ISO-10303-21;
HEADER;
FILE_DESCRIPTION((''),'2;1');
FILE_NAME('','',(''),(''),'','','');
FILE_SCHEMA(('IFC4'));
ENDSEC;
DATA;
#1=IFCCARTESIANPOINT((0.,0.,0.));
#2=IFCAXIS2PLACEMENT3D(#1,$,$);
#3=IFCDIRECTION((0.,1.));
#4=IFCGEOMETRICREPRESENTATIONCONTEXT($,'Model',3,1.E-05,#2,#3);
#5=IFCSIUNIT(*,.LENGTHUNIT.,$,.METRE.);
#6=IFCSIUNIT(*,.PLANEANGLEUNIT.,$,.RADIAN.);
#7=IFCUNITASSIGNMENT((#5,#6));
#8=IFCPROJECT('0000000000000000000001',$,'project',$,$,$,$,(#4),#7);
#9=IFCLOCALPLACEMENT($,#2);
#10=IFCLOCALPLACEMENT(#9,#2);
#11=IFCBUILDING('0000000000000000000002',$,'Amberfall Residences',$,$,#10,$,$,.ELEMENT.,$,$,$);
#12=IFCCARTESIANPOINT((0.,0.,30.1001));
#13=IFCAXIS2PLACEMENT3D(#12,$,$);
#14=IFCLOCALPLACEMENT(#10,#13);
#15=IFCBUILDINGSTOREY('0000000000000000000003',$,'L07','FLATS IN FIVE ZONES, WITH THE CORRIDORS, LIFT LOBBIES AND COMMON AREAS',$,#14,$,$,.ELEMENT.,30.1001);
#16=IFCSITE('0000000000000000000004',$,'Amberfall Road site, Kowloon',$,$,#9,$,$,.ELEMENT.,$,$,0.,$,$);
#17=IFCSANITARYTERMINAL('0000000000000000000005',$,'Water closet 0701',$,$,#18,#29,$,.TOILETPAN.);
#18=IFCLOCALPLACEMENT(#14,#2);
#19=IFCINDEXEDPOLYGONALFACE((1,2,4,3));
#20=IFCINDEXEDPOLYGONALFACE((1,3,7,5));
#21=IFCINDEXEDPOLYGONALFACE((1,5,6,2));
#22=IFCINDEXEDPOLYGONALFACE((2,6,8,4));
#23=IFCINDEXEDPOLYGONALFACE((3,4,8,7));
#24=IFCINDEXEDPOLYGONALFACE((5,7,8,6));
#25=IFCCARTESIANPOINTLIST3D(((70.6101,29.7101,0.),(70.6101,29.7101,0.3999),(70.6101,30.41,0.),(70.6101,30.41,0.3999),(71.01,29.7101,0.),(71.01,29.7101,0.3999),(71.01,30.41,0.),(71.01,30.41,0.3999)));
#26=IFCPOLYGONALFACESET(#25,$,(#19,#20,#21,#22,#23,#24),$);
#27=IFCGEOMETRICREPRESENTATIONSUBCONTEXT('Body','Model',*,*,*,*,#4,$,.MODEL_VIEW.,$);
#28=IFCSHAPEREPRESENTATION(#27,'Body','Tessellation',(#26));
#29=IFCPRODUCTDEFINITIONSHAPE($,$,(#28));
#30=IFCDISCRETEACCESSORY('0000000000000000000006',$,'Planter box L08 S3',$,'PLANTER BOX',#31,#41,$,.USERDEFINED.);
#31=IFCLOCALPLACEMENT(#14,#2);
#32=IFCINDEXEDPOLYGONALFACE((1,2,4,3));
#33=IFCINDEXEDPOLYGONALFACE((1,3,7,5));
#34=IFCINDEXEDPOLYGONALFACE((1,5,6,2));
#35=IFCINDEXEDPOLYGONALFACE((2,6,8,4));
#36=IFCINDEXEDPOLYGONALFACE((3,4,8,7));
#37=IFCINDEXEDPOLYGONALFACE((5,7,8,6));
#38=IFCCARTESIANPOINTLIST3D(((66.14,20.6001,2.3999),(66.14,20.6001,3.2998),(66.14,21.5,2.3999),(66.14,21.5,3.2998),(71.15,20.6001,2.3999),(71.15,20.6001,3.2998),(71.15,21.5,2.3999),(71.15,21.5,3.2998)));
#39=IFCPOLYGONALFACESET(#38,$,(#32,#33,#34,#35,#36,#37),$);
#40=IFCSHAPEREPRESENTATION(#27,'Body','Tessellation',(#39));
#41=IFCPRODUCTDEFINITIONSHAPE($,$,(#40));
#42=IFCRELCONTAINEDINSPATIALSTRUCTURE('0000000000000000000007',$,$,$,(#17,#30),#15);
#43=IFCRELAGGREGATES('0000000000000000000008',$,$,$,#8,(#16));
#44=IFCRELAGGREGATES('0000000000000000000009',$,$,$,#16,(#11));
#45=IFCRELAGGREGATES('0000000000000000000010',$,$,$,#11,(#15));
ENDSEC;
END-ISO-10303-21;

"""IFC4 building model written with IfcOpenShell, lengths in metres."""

from ifc_helpers import new_model, si_unit, direction, frame, origin, origin_2d, place, context, subcontext, project, spatial, rectangle, extrude, element, save


model = new_model("IFC4")

# Units and contexts
model_context = context("Model", 3, precision=1e-05, world=origin(), true_north=direction((0.0, 1.0)))
body_context = subcontext(model_context, "Body", "Model", "MODEL_VIEW")
ifc_project = project(units=[si_unit("LENGTHUNIT", "METRE"), si_unit("PLANEANGLEUNIT", "RADIAN")], contexts=[model_context])

# Site, building, storey
site_placement = place(None, origin())
site = spatial("IfcSite", under=ifc_project, at=site_placement, Name="Amberfall Road site, Kowloon", CompositionType="ELEMENT", RefElevation=0.0)
building_placement = place(site_placement, origin())
building = spatial("IfcBuilding", under=site, at=building_placement, Name="Amberfall Residences", CompositionType="ELEMENT")
storey_placement = place(building_placement, frame((0.0, 0.0, 30.1001)))
storey = spatial("IfcBuildingStorey", under=building, at=storey_placement, Name="L07", Description="FLATS IN FIVE ZONES, WITH THE CORRIDORS, LIFT LOBBIES AND COMMON AREAS", CompositionType="ELEMENT", Elevation=30.1001)

# Sanitary terminal
sanitary_terminal_placement = place(storey_placement, frame((70.8101, 30.0601, 0.0), z_axis=(0.0, 0.0, 1.0), x_axis=(1.0, 0.0, 0.0)))
element("IfcSanitaryTerminal", 1, at=sanitary_terminal_placement, inside=storey, Name="Water closet 0701", PredefinedType="TOILETPAN", context=body_context, shape_type="SweptSolid", body=[
    extrude(rectangle(XDim=0.3999, YDim=0.7, at=origin_2d()), origin(), (0.0, 0.0, 1.0), 0.3999),
])

# Discrete accessory
discrete_accessory_placement = place(storey_placement, frame((68.645, 21.05, 2.3999), z_axis=(0.0, 0.0, 1.0), x_axis=(1.0, 0.0, 0.0)))
element("IfcDiscreteAccessory", 2, at=discrete_accessory_placement, inside=storey, Name="Planter box L08 S3", ObjectType="PLANTER BOX", PredefinedType="USERDEFINED", context=body_context, shape_type="SweptSolid", body=[
    extrude(rectangle(XDim=5.01, YDim=0.8999, at=origin_2d()), origin(), (0.0, 0.0, 1.0), 0.8999),
])

save(model, "model.ifc")
